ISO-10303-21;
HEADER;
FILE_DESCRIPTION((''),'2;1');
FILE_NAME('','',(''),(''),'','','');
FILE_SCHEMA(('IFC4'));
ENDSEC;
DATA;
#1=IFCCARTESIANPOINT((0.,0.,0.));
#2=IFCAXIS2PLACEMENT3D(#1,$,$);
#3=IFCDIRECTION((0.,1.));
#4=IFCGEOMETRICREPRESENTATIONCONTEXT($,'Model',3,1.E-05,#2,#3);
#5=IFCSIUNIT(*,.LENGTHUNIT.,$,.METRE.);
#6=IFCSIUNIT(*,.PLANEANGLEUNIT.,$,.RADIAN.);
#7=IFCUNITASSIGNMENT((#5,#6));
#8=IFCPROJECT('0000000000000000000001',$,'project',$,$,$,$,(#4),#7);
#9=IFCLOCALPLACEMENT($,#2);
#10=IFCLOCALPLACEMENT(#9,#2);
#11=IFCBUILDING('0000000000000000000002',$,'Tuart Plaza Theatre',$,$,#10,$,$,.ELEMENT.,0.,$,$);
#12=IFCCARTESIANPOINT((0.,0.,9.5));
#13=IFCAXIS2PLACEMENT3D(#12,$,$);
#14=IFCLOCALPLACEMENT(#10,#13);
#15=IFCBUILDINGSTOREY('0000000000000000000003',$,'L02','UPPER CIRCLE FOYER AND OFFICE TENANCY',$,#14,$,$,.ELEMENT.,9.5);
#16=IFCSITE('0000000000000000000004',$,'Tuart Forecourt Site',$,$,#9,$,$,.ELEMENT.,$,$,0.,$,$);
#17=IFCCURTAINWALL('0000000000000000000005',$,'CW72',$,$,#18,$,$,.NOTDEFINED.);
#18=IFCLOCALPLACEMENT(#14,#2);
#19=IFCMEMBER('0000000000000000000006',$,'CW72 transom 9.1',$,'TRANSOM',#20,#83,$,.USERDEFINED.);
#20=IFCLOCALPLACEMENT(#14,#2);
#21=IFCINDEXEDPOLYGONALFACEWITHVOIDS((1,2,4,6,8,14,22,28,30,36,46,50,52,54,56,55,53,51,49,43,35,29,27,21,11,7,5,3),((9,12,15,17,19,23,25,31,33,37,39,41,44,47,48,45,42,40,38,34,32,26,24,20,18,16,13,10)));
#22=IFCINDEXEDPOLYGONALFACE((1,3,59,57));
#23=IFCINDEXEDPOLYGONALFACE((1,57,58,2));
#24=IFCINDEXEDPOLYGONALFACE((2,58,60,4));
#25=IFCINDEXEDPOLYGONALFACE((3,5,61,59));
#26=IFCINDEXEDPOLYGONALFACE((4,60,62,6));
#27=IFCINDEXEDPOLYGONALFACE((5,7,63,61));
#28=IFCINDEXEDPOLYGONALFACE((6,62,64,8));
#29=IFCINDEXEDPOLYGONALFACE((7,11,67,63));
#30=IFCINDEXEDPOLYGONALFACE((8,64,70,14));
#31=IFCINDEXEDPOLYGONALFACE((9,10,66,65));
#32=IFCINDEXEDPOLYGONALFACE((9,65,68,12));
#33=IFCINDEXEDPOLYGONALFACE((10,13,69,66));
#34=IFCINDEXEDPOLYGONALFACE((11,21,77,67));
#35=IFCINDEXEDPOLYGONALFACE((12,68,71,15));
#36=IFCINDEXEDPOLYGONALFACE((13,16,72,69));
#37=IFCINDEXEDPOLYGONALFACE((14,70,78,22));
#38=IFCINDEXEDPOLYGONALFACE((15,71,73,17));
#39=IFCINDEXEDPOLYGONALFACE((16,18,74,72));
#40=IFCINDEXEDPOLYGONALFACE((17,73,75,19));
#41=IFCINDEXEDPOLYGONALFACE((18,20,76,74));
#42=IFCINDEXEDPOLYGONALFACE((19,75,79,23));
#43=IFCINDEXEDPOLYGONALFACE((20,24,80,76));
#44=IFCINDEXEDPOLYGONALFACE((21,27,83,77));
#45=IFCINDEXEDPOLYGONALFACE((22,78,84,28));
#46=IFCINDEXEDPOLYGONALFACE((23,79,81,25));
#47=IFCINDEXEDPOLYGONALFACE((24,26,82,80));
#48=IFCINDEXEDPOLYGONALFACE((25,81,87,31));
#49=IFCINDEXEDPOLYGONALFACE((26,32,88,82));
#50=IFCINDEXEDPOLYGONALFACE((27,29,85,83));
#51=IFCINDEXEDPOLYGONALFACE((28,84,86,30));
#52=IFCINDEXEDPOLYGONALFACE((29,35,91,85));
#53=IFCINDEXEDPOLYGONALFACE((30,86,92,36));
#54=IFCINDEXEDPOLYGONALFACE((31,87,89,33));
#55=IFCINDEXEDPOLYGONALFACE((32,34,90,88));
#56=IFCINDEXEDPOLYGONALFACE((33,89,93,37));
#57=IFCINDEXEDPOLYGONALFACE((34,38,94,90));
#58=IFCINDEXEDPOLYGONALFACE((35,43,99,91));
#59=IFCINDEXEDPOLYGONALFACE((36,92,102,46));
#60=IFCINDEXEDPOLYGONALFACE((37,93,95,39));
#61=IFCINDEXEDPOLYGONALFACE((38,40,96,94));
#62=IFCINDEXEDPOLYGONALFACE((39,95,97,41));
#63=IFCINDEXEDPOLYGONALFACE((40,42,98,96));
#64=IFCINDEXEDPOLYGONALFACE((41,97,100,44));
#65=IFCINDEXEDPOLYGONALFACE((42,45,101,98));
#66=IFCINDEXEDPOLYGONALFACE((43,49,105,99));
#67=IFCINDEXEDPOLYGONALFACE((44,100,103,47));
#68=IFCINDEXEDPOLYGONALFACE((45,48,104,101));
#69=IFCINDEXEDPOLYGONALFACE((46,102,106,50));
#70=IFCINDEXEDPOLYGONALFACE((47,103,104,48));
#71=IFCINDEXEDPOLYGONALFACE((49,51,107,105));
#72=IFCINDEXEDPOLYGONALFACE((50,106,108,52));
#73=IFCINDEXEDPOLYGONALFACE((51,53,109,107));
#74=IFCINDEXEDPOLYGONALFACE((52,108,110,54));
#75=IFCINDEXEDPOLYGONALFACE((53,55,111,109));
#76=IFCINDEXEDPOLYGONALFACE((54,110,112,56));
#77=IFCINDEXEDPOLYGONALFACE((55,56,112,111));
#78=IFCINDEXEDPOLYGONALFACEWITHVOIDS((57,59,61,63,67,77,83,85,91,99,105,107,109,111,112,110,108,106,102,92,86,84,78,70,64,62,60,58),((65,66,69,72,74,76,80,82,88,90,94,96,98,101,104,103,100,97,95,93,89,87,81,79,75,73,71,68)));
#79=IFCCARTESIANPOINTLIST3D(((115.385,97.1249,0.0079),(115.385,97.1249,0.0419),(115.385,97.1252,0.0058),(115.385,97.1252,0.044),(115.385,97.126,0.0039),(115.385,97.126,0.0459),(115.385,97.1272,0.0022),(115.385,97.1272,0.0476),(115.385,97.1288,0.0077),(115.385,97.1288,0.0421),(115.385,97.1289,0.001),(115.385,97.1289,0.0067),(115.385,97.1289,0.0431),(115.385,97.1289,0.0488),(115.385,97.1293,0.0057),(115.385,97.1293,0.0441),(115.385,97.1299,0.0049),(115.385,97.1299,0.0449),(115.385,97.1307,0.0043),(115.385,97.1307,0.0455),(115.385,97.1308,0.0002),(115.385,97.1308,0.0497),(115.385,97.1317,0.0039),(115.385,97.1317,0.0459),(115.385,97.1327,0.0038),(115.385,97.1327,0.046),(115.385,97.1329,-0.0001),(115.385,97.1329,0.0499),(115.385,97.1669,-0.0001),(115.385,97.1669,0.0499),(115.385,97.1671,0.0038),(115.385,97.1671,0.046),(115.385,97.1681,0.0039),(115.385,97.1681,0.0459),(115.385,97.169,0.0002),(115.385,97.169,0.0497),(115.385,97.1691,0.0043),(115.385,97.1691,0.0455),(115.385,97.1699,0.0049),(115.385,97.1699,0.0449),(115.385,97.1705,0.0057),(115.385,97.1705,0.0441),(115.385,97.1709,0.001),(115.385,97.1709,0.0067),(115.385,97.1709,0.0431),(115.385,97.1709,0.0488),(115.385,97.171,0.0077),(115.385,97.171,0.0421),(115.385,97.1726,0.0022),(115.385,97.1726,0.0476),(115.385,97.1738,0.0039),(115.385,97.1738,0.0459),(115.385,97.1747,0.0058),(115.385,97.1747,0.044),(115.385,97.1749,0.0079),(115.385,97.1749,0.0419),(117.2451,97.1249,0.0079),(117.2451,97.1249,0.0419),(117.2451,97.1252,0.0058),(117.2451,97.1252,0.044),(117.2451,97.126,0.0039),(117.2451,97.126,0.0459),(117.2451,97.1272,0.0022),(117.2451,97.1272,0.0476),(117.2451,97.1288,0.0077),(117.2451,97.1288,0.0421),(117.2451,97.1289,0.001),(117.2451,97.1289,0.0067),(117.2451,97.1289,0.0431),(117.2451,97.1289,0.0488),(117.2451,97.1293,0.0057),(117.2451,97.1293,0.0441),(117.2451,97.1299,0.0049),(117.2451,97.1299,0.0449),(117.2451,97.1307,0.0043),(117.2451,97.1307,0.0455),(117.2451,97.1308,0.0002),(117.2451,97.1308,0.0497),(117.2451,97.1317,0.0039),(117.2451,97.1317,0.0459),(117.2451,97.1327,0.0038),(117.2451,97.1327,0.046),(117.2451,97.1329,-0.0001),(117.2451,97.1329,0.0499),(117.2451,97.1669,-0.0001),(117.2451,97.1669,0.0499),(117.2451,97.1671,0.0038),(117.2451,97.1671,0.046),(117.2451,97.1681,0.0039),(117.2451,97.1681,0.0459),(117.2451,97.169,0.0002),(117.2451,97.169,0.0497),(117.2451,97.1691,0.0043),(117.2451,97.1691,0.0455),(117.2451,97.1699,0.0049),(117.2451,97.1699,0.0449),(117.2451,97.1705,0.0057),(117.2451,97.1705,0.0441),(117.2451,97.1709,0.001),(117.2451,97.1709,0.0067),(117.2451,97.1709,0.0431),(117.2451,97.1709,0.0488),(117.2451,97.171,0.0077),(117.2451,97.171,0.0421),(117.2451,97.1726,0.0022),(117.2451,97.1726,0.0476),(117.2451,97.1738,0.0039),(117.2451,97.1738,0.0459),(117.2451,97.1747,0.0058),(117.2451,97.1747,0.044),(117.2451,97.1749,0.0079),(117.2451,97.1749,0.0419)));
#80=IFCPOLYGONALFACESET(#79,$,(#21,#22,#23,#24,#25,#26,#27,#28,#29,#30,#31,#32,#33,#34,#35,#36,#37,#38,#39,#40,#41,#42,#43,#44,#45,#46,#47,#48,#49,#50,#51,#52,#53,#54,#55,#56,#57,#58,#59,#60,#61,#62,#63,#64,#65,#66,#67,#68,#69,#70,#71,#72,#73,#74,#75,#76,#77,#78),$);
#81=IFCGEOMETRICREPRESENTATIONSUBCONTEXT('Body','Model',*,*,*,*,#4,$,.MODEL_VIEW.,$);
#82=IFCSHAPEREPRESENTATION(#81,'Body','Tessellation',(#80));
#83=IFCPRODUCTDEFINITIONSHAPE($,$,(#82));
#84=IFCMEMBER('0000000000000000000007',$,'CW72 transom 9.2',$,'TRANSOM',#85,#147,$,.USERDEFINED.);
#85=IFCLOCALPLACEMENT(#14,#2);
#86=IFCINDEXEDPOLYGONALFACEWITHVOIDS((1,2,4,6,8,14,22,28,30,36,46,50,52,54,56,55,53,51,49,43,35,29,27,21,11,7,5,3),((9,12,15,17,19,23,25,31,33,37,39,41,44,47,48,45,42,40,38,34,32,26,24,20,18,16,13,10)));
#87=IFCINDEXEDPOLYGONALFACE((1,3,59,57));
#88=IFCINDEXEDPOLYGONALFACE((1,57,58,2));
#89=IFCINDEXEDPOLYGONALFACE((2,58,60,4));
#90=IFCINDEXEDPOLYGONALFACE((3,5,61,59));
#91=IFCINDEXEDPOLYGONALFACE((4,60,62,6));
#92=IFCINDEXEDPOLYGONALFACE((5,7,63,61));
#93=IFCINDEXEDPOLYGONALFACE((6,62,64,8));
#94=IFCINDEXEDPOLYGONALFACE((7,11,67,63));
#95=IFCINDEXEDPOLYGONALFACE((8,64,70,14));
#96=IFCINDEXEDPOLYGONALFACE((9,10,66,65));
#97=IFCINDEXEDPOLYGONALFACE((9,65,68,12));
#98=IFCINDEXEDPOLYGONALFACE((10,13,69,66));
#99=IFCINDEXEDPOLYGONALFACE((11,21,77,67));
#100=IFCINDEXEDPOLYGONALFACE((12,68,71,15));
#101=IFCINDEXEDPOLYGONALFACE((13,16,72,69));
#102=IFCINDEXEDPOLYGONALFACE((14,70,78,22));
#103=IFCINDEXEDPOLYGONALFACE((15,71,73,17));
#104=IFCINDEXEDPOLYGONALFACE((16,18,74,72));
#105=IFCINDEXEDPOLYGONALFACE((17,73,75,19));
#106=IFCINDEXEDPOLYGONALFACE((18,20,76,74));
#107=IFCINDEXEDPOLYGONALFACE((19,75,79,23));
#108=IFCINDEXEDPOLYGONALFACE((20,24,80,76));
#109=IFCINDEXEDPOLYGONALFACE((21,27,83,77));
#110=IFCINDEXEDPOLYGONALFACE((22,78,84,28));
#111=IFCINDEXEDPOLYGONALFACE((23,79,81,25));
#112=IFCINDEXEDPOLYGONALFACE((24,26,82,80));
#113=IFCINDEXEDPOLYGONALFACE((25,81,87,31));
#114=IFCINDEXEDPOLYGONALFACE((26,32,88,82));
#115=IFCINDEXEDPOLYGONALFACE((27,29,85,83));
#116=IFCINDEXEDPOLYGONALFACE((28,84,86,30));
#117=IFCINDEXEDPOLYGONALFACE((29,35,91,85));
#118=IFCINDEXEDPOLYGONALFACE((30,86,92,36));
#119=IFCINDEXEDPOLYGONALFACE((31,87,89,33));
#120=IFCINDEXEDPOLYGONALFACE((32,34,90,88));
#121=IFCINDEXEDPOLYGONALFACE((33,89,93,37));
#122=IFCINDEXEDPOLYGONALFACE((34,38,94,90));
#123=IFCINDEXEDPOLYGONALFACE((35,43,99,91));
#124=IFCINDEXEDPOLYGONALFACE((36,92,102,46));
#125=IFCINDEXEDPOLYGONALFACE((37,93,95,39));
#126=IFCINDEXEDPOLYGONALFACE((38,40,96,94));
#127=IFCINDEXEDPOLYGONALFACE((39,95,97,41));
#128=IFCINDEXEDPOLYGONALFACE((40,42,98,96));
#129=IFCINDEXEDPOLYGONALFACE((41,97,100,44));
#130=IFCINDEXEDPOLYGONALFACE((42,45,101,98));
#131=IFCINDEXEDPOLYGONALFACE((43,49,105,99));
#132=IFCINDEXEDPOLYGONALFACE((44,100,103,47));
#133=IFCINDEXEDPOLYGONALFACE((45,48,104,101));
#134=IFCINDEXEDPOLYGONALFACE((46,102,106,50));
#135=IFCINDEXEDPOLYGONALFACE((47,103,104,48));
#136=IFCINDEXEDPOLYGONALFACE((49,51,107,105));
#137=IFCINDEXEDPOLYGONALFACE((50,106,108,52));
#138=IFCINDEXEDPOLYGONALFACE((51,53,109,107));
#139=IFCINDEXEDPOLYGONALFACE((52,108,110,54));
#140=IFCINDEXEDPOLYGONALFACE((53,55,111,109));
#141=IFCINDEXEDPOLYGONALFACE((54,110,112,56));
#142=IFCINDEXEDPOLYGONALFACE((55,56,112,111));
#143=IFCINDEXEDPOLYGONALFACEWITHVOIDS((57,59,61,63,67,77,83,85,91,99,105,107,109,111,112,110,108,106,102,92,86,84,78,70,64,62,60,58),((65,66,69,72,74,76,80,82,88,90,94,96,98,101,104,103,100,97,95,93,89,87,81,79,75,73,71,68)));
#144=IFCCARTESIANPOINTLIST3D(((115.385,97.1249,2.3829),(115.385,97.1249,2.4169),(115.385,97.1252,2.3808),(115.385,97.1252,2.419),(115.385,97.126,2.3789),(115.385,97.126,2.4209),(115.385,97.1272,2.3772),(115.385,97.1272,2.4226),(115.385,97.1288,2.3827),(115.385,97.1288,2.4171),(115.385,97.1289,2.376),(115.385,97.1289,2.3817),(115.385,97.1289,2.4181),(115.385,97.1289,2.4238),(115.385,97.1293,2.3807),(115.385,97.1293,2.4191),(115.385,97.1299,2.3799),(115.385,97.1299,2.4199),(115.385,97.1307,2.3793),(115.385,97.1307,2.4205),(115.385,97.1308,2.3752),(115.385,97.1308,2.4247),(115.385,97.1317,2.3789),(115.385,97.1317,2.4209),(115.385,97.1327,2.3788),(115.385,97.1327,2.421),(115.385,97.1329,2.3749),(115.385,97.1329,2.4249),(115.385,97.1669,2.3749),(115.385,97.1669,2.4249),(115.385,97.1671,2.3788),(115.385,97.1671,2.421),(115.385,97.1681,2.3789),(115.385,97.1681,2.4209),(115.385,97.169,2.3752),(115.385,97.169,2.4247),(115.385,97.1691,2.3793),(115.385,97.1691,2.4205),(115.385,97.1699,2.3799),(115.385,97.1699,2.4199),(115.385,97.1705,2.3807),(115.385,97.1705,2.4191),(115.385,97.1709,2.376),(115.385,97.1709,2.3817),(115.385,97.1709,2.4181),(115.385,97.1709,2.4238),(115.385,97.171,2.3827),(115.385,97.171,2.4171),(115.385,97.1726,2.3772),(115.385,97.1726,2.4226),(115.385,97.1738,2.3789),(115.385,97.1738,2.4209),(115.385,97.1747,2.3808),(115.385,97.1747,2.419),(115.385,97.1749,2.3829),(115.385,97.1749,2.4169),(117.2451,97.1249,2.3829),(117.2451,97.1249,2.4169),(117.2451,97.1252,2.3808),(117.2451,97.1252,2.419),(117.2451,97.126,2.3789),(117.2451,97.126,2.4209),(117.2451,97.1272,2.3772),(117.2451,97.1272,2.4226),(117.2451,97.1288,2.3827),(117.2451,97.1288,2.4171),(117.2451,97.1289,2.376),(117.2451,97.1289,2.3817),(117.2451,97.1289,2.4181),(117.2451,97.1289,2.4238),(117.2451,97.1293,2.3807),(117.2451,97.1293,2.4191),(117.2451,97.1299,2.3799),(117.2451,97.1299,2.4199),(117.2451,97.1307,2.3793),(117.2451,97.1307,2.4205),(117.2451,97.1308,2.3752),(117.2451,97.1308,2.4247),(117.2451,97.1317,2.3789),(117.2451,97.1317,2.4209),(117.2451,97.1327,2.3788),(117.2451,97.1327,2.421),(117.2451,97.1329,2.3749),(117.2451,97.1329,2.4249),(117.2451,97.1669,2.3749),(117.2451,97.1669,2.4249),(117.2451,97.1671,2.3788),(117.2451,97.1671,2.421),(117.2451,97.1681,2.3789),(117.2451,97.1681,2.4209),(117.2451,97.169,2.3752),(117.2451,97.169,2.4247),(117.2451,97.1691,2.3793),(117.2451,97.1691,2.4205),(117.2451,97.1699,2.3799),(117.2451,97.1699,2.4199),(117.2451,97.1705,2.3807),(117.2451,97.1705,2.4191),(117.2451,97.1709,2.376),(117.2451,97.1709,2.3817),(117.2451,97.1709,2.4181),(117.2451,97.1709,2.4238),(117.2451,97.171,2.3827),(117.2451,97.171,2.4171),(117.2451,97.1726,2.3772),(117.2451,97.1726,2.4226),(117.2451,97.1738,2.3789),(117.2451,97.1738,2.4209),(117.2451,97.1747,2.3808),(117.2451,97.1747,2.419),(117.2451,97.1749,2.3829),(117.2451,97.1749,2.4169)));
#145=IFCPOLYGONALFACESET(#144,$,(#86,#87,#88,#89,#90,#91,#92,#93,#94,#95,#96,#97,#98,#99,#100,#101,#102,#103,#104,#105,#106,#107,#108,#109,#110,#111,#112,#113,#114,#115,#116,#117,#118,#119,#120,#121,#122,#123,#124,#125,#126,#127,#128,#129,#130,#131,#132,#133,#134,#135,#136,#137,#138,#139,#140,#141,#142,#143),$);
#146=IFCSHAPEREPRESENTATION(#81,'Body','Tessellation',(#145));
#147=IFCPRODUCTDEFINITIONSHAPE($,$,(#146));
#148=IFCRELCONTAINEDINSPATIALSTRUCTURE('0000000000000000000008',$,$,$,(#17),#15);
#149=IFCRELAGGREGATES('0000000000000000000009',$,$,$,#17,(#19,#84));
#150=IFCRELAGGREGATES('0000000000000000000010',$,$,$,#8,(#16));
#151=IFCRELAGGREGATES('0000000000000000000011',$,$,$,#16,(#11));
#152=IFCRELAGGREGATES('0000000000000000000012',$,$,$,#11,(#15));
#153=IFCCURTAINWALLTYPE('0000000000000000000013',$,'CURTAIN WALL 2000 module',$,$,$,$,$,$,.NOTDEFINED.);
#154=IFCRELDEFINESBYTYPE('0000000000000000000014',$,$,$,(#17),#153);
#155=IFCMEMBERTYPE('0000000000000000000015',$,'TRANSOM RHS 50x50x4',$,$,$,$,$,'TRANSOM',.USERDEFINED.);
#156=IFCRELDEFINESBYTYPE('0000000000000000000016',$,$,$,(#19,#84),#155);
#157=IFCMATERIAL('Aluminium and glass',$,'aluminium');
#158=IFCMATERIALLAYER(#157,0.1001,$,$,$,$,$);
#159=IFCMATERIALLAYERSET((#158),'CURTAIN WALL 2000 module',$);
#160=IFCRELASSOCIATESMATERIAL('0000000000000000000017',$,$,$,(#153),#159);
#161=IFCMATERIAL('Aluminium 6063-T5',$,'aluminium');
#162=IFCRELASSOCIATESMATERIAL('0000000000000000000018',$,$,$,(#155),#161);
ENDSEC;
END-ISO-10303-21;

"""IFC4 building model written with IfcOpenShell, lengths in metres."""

from ifc_helpers import new_model, si_unit, direction, frame, origin, origin_2d, place, context, subcontext, project, spatial, hollow_rectangle, extrude, material, layer, layer_set, material_profile, profile_set, type_object, element, aggregate, save


model = new_model("IFC4")

# Units and contexts
model_context = context("Model", 3, precision=1e-05, world=origin(), true_north=direction((0.0, 1.0)))
body_context = subcontext(model_context, "Body", "Model", "MODEL_VIEW")
ifc_project = project(units=[si_unit("LENGTHUNIT", "METRE"), si_unit("PLANEANGLEUNIT", "RADIAN")], contexts=[model_context])

# Site, building, storey
site_placement = place(None, origin())
site = spatial("IfcSite", under=ifc_project, at=site_placement, Name="Tuart Forecourt Site", CompositionType="ELEMENT", RefElevation=0.0)
building_placement = place(site_placement, origin())
building = spatial("IfcBuilding", under=site, at=building_placement, Name="Tuart Plaza Theatre", CompositionType="ELEMENT", ElevationOfRefHeight=0.0)
storey_placement = place(building_placement, frame((0.0, 0.0, 9.5)))
storey = spatial("IfcBuildingStorey", under=building, at=storey_placement, Name="L02", Description="UPPER CIRCLE FOYER AND OFFICE TENANCY", CompositionType="ELEMENT", Elevation=9.5)

# Curtain wall
ifc_material_1 = material(Name="Aluminium and glass", Category="aluminium")
ifc_layer_1 = layer(ifc_material_1, 0.1001)
ifc_layer_set_1 = layer_set([ifc_layer_1], Name="CURTAIN WALL 2000 module")
curtain_wall_type = type_object("IfcCurtainWallType", Name="CURTAIN WALL 2000 module", PredefinedType="NOTDEFINED", material=ifc_layer_set_1)
curtain_wall_1_placement = place(storey_placement, origin())
curtain_wall_1 = element("IfcCurtainWall", 1, at=curtain_wall_1_placement, inside=storey, type_object=curtain_wall_type, Name="CW72", PredefinedType="NOTDEFINED")

# Members
ifc_material_2 = material(Name="Aluminium 6063-T5", Category="aluminium")
ifc_material_profile_1 = material_profile(ifc_material_2, hollow_rectangle(XDim=0.05, YDim=0.05, WallThickness=0.0039, InnerFilletRadius=0.0039, OuterFilletRadius=0.0081, at=origin_2d()), Name="RHS 50x50x4")
ifc_profile_set_1 = profile_set([ifc_material_profile_1], Name="Aluminium 6063-T5")
member_type_1 = type_object("IfcMemberType", Name="TRANSOM RHS 50x50x4", ElementType="TRANSOM", PredefinedType="USERDEFINED", material=ifc_profile_set_1)
member_1_placement = place(storey_placement, frame((117.2451, 97.1499, 0.0249), z_axis=(-1.0, 0.0, 0.0), x_axis=(0.0, -1.0, 0.0)))
member_1 = element("IfcMember", 2, at=member_1_placement, type_object=member_type_1, Name="CW72 transom 9.1", ObjectType="TRANSOM", PredefinedType="USERDEFINED", context=body_context, shape_type="SweptSolid", body=[
    extrude(hollow_rectangle(XDim=0.05, YDim=0.05, WallThickness=0.0039, InnerFilletRadius=0.0039, OuterFilletRadius=0.0081, at=origin_2d()), origin(), (0.0, 0.0, 1.0), 1.8601),
])
member_2_placement = place(storey_placement, frame((117.2451, 97.1499, 2.3999), z_axis=(-1.0, 0.0, 0.0), x_axis=(0.0, -1.0, 0.0)))
member_2 = element("IfcMember", 3, at=member_2_placement, type_object=member_type_1, Name="CW72 transom 9.2", ObjectType="TRANSOM", PredefinedType="USERDEFINED", context=body_context, shape_type="SweptSolid", body=[
    extrude(hollow_rectangle(XDim=0.05, YDim=0.05, WallThickness=0.0039, InnerFilletRadius=0.0039, OuterFilletRadius=0.0081, at=origin_2d()), origin(), (0.0, 0.0, 1.0), 1.8601),
])

aggregate(curtain_wall_1, [member_1, member_2])

save(model, "model.ifc")
